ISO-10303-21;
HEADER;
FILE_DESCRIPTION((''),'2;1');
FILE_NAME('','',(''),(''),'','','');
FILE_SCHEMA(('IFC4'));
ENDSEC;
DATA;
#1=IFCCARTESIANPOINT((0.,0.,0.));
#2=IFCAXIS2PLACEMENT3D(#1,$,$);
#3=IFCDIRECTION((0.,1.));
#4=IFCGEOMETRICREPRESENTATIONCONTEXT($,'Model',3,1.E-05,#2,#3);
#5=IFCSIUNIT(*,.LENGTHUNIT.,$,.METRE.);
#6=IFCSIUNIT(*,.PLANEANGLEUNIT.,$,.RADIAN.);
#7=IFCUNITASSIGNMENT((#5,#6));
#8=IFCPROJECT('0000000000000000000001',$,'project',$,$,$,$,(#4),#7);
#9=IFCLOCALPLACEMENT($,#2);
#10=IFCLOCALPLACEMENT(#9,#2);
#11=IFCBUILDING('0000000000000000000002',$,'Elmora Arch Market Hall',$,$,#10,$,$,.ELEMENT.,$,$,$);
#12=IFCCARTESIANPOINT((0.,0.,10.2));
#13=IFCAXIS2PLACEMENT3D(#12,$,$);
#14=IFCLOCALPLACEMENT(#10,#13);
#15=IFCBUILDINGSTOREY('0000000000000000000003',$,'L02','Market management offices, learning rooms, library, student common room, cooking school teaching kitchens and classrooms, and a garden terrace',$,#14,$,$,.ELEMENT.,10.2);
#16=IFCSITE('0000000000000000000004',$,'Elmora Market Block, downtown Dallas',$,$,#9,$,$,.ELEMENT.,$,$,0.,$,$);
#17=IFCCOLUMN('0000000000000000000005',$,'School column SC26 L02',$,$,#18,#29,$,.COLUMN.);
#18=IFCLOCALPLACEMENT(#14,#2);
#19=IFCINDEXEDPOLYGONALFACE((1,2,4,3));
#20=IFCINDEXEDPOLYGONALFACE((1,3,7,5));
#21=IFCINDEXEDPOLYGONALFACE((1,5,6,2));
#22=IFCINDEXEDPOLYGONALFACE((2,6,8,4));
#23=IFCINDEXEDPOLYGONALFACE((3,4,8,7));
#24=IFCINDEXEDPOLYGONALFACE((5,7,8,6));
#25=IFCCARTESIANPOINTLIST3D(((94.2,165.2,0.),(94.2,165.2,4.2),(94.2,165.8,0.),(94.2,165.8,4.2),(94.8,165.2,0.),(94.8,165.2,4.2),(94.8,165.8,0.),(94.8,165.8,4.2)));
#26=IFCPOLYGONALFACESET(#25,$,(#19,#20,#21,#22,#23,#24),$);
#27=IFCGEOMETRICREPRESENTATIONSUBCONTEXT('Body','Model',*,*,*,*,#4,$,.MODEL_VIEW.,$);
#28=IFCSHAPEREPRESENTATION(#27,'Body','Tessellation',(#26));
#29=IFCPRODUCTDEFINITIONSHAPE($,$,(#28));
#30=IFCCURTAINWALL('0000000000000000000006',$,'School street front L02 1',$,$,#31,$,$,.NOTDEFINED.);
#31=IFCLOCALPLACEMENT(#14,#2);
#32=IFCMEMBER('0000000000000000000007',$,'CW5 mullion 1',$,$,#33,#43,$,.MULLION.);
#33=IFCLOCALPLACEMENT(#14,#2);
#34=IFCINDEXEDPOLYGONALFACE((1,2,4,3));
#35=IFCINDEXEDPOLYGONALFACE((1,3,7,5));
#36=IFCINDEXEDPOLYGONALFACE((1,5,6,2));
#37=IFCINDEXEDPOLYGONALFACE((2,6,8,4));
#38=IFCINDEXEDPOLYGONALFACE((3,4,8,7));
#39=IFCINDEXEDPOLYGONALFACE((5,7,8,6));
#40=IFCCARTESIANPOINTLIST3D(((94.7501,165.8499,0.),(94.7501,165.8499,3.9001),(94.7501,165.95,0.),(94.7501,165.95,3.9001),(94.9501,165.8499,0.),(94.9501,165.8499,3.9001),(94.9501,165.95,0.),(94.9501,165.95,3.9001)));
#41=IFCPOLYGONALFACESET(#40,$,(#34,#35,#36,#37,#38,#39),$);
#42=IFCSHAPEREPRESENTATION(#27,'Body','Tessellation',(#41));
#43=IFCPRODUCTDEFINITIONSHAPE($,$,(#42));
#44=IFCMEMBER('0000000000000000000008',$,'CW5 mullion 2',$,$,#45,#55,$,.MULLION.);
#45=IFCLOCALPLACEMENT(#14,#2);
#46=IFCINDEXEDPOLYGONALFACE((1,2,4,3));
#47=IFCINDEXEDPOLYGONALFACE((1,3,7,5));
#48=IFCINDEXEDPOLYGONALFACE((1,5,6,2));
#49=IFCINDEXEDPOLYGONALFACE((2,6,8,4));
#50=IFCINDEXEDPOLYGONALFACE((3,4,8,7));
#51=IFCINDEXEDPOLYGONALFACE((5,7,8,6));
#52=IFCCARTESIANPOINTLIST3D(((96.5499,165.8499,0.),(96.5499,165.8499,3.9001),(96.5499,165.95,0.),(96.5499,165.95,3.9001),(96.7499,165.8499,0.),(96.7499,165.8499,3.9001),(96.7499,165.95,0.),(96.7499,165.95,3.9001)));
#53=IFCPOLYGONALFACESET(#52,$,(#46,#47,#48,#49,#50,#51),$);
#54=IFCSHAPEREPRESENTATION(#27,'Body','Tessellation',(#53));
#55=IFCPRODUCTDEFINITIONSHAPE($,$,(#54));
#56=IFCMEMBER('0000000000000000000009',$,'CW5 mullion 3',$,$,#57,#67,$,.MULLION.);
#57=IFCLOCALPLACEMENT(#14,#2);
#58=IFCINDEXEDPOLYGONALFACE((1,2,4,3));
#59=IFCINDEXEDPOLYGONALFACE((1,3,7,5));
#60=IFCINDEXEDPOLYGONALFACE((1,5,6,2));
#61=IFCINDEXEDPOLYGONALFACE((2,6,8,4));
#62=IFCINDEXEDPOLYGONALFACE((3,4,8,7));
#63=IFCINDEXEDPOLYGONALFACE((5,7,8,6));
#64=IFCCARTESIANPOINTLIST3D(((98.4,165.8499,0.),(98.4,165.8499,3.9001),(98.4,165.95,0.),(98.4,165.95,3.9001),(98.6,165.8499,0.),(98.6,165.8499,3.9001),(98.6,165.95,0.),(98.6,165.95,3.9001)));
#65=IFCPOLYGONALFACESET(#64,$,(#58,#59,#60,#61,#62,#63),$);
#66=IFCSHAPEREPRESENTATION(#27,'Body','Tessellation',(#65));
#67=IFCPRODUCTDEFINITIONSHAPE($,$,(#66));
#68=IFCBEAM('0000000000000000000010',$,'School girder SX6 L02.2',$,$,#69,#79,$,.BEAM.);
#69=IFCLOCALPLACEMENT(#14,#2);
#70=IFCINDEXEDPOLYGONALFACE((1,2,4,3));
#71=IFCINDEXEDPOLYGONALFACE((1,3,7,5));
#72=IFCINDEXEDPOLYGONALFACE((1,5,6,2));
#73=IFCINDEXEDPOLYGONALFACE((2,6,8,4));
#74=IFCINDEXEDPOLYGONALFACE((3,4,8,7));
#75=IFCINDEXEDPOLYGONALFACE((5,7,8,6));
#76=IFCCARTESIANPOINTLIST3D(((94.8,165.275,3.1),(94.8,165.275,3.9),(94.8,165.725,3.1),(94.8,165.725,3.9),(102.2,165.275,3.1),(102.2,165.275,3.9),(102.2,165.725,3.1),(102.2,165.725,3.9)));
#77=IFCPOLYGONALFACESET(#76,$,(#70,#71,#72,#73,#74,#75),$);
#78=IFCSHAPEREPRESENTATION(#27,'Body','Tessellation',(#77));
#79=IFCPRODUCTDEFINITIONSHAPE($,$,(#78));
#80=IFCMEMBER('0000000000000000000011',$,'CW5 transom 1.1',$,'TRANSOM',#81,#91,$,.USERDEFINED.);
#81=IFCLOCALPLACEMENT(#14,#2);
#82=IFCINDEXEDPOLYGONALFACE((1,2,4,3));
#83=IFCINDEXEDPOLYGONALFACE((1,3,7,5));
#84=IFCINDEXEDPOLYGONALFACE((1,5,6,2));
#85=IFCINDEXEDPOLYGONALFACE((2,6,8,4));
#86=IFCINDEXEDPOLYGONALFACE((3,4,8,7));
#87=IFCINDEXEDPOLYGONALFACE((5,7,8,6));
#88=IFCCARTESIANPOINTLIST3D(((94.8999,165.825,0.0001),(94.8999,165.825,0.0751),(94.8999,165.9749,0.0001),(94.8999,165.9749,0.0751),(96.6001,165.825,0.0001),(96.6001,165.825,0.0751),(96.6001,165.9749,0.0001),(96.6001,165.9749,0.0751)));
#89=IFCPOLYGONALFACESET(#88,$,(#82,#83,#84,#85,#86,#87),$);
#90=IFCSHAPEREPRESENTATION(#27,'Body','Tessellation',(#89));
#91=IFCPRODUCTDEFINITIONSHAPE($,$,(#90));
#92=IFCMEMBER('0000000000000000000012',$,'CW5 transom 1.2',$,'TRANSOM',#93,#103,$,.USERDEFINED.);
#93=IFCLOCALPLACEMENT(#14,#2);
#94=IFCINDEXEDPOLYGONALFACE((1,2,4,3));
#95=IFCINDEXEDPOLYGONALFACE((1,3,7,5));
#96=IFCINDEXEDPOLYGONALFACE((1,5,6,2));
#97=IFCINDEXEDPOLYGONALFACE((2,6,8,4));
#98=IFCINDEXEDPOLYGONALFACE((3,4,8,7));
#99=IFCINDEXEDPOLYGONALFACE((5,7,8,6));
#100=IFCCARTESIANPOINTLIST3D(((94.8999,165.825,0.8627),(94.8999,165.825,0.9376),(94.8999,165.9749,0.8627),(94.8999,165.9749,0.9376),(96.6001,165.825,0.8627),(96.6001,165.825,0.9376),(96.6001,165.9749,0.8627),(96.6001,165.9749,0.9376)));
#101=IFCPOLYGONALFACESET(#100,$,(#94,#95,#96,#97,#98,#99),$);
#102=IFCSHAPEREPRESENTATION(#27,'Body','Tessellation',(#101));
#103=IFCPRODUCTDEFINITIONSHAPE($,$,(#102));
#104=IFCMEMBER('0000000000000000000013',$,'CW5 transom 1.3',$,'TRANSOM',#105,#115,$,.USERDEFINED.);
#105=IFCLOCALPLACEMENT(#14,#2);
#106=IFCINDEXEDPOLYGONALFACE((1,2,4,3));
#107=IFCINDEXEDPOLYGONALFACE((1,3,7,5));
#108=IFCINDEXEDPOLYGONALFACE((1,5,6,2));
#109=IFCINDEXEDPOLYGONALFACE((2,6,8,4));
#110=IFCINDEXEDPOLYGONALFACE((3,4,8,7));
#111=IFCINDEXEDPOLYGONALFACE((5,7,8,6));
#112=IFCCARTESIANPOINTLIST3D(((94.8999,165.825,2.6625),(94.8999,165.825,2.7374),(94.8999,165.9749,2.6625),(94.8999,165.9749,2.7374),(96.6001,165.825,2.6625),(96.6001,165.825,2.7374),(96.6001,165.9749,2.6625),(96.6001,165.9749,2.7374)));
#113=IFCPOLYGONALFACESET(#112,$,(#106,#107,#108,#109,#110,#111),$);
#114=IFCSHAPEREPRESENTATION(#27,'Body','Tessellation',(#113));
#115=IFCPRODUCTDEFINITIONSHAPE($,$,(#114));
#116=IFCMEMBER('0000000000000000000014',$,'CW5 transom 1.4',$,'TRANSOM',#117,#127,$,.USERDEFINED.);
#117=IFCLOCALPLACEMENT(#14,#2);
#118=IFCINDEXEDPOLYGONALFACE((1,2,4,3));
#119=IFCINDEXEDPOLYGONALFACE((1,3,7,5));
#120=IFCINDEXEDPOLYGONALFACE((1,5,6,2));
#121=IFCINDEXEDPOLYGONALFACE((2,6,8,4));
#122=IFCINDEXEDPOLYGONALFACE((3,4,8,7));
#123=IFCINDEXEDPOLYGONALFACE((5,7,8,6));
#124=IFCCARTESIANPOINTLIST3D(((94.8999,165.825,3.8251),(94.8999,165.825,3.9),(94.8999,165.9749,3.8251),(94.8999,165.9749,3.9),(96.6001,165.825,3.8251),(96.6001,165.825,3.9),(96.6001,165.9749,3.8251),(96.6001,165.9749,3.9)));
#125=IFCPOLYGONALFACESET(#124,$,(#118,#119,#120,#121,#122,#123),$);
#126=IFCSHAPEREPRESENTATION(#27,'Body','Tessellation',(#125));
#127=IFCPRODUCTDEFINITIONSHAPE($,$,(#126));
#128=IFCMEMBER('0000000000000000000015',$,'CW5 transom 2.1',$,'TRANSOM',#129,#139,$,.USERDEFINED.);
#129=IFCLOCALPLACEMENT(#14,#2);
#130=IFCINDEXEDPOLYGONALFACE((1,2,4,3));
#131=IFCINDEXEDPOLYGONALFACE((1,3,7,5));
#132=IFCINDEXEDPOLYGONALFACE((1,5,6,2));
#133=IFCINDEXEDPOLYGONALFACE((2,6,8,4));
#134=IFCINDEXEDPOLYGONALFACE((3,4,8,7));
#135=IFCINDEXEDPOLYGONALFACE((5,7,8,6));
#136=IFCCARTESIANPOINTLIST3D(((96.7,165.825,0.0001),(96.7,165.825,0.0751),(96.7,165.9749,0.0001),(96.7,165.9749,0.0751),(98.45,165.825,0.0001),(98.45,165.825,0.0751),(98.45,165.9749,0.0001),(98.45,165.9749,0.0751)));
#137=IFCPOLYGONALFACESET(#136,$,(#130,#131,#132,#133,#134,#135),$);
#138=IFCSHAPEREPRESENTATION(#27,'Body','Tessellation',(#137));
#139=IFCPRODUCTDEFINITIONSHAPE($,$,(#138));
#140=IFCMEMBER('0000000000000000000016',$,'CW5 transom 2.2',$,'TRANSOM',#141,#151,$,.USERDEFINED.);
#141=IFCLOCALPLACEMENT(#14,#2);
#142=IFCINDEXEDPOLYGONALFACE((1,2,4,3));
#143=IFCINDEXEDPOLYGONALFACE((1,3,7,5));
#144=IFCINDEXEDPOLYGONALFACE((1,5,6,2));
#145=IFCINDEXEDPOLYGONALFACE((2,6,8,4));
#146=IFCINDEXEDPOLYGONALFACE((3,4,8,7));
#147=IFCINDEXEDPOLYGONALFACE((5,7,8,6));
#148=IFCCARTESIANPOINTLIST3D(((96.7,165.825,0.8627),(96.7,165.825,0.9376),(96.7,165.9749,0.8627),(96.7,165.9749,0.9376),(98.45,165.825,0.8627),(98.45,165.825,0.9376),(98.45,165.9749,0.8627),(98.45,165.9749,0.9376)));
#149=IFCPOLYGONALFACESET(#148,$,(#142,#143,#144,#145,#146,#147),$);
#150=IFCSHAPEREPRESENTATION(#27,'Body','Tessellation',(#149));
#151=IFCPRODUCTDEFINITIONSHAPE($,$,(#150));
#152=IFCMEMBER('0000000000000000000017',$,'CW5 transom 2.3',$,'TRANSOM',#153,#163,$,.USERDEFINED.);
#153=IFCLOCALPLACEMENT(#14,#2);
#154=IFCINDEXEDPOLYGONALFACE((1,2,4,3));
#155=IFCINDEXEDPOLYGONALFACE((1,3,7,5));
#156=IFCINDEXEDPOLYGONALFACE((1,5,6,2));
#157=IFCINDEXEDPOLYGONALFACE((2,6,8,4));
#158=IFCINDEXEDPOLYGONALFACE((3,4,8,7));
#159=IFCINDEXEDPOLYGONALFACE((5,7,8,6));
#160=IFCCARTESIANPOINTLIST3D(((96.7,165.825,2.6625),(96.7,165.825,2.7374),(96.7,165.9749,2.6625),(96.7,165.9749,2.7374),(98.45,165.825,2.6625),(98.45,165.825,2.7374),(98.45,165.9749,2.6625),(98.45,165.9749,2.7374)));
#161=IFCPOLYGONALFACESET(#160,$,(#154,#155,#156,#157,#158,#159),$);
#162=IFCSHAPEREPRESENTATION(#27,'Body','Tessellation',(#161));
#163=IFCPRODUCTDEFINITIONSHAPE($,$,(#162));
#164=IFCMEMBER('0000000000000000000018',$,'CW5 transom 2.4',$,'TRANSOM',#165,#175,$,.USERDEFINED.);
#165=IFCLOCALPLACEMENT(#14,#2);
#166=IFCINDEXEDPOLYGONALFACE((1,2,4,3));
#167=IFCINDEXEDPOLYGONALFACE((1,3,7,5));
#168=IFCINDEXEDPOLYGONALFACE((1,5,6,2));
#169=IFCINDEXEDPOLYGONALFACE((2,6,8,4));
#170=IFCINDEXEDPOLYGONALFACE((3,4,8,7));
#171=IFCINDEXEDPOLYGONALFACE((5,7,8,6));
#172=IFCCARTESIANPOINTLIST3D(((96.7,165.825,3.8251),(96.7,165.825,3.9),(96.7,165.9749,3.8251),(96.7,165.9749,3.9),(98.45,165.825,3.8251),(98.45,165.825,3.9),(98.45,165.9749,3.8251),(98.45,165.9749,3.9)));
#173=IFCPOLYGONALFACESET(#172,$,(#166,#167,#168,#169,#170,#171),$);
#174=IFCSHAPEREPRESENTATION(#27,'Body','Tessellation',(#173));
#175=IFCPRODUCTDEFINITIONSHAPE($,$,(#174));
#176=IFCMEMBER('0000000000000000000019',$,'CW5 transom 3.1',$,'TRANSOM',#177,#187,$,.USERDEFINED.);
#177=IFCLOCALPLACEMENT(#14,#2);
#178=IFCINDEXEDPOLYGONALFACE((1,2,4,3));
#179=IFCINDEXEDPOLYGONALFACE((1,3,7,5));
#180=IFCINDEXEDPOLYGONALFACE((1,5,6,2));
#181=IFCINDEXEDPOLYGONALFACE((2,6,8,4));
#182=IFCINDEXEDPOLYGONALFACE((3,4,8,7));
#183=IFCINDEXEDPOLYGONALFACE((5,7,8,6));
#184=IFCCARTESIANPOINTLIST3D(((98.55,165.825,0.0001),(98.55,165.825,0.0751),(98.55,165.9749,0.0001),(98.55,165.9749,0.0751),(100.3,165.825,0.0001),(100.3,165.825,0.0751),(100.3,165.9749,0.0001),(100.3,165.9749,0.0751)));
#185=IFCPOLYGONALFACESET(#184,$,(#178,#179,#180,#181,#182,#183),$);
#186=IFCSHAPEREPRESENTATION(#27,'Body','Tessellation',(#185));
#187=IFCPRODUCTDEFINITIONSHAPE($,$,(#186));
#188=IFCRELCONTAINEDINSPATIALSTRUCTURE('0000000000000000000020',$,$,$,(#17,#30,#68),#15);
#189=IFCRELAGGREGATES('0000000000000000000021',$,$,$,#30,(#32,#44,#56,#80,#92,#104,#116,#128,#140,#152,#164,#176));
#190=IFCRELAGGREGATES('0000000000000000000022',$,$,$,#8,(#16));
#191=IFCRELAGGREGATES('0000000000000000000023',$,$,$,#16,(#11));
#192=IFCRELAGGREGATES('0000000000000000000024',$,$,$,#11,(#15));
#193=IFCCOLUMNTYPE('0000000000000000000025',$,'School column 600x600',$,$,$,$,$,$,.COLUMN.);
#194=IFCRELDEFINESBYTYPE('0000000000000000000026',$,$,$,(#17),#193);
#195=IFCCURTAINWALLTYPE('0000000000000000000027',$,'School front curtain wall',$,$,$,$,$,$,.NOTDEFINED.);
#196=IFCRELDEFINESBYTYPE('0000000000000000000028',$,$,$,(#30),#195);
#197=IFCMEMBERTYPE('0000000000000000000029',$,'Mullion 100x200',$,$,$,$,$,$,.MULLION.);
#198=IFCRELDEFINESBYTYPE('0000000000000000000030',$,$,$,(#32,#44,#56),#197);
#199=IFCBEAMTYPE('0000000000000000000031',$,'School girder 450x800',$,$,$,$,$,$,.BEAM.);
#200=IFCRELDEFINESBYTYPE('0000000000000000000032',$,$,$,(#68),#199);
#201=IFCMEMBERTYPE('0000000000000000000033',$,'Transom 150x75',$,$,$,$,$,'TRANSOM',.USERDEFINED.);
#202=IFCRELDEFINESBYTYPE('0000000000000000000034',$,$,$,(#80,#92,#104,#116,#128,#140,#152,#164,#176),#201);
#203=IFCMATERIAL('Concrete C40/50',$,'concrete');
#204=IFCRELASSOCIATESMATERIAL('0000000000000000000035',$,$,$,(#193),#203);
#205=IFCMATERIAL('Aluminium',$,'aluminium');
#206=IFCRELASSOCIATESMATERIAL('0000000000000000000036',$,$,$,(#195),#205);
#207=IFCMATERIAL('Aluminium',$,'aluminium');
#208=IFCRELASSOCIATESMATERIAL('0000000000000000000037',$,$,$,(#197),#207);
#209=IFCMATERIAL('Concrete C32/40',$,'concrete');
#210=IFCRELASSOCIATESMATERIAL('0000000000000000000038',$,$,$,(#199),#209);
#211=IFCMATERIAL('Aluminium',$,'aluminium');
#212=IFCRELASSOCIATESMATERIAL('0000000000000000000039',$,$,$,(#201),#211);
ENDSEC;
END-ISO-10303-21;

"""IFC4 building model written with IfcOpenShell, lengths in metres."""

from ifc_helpers import new_model, si_unit, direction, frame, origin, origin_2d, place, context, subcontext, project, spatial, rectangle, extrude, material, material_profile, profile_set, type_object, element, aggregate, save


model = new_model("IFC4")

# Units and contexts
model_context = context("Model", 3, precision=1e-05, world=origin(), true_north=direction((0.0, 1.0)))
body_context = subcontext(model_context, "Body", "Model", "MODEL_VIEW")
ifc_project = project(units=[si_unit("LENGTHUNIT", "METRE"), si_unit("PLANEANGLEUNIT", "RADIAN")], contexts=[model_context])

# Site, building, storey
site_placement = place(None, origin())
site = spatial("IfcSite", under=ifc_project, at=site_placement, Name="Elmora Market Block, downtown Dallas", CompositionType="ELEMENT", RefElevation=0.0)
building_placement = place(site_placement, origin())
building = spatial("IfcBuilding", under=site, at=building_placement, Name="Elmora Arch Market Hall", CompositionType="ELEMENT")
storey_placement = place(building_placement, frame((0.0, 0.0, 10.2)))
storey = spatial("IfcBuildingStorey", under=building, at=storey_placement, Name="L02", Description="Market management offices, learning rooms, library, student common room, cooking school teaching kitchens and classrooms, and a garden terrace", CompositionType="ELEMENT", Elevation=10.2)

# Column
ifc_material_1 = material(Name="Concrete C40/50", Category="concrete")
ifc_material_profile_1 = material_profile(ifc_material_1, rectangle(XDim=0.6001, YDim=0.6001, at=origin_2d()), Name="School column 600x600")
ifc_profile_set_1 = profile_set([ifc_material_profile_1], Name="Concrete C40/50")
column_type = type_object("IfcColumnType", Name="School column 600x600", PredefinedType="COLUMN", material=ifc_profile_set_1)
column_placement = place(storey_placement, frame((94.5, 165.5, 0.0), z_axis=(0.0, 0.0, 1.0), x_axis=(1.0, 0.0, 0.0)))
element("IfcColumn", 1, at=column_placement, inside=storey, type_object=column_type, Name="School column SC26 L02", PredefinedType="COLUMN", context=body_context, shape_type="SweptSolid", body=[
    extrude(rectangle(XDim=0.6001, YDim=0.6001, at=origin_2d()), origin(), (0.0, 0.0, 1.0), 4.2),
])

# Curtain wall, members
ifc_material_2 = material(Name="Aluminium", Category="aluminium")
curtain_wall_type = type_object("IfcCurtainWallType", Name="School front curtain wall", PredefinedType="NOTDEFINED", material=ifc_material_2)
curtain_wall_placement = place(storey_placement, origin())
curtain_wall = element("IfcCurtainWall", 2, at=curtain_wall_placement, inside=storey, type_object=curtain_wall_type, Name="School street front L02 1", PredefinedType="NOTDEFINED")
ifc_material_3 = material(Name="Aluminium", Category="aluminium")
ifc_material_profile_2 = material_profile(ifc_material_3, rectangle(XDim=0.1001, YDim=0.2, at=origin_2d()), Name="AL 100x200")
ifc_profile_set_2 = profile_set([ifc_material_profile_2], Name="Aluminium")
member_type_1 = type_object("IfcMemberType", Name="Mullion 100x200", PredefinedType="MULLION", material=ifc_profile_set_2)
member_1_placement = place(storey_placement, frame((94.8501, 165.8999, 0.0), z_axis=(0.0, 0.0, 1.0), x_axis=(0.0, 1.0, 0.0)))
member_1 = element("IfcMember", 3, at=member_1_placement, type_object=member_type_1, Name="CW5 mullion 1", PredefinedType="MULLION", context=body_context, shape_type="SweptSolid", body=[
    extrude(rectangle(XDim=0.1001, YDim=0.2, at=origin_2d()), origin(), (0.0, 0.0, 1.0), 3.9001),
])
member_2_placement = place(storey_placement, frame((96.6499, 165.8999, 0.0), z_axis=(0.0, 0.0, 1.0), x_axis=(0.0, 1.0, 0.0)))
member_2 = element("IfcMember", 4, at=member_2_placement, type_object=member_type_1, Name="CW5 mullion 2", PredefinedType="MULLION", context=body_context, shape_type="SweptSolid", body=[
    extrude(rectangle(XDim=0.1001, YDim=0.2, at=origin_2d()), origin(), (0.0, 0.0, 1.0), 3.9001),
])
member_3_placement = place(storey_placement, frame((98.5, 165.8999, 0.0), z_axis=(0.0, 0.0, 1.0), x_axis=(0.0, 1.0, 0.0)))
member_3 = element("IfcMember", 5, at=member_3_placement, type_object=member_type_1, Name="CW5 mullion 3", PredefinedType="MULLION", context=body_context, shape_type="SweptSolid", body=[
    extrude(rectangle(XDim=0.1001, YDim=0.2, at=origin_2d()), origin(), (0.0, 0.0, 1.0), 3.9001),
])

# Beam
ifc_material_4 = material(Name="Concrete C32/40", Category="concrete")
ifc_material_profile_3 = material_profile(ifc_material_4, rectangle(XDim=0.45, YDim=0.8, at=origin_2d()), Name="School girder 450x800")
ifc_profile_set_3 = profile_set([ifc_material_profile_3], Name="Concrete C32/40")
beam_type = type_object("IfcBeamType", Name="School girder 450x800", PredefinedType="BEAM", material=ifc_profile_set_3)
beam_placement = place(storey_placement, frame((94.8, 165.5, 3.5), z_axis=(1.0, 0.0, 0.0), x_axis=(0.0, 1.0, 0.0)))
element("IfcBeam", 6, at=beam_placement, inside=storey, type_object=beam_type, Name="School girder SX6 L02.2", PredefinedType="BEAM", context=body_context, shape_type="SweptSolid", body=[
    extrude(rectangle(XDim=0.45, YDim=0.8, at=origin_2d()), origin(), (0.0, 0.0, 1.0), 7.3999),
])

# Members
ifc_material_5 = material(Name="Aluminium", Category="aluminium")
ifc_material_profile_4 = material_profile(ifc_material_5, rectangle(XDim=0.1499, YDim=0.075, at=origin_2d()), Name="AL 150x75")
ifc_profile_set_4 = profile_set([ifc_material_profile_4], Name="Aluminium")
member_type_2 = type_object("IfcMemberType", Name="Transom 150x75", ElementType="TRANSOM", PredefinedType="USERDEFINED", material=ifc_profile_set_4)
member_4_placement = place(storey_placement, frame((94.8999, 165.8999, 0.0376), z_axis=(1.0, 0.0, 0.0), x_axis=(0.0, 1.0, 0.0)))
member_4 = element("IfcMember", 7, at=member_4_placement, type_object=member_type_2, Name="CW5 transom 1.1", ObjectType="TRANSOM", PredefinedType="USERDEFINED", context=body_context, shape_type="SweptSolid", body=[
    extrude(rectangle(XDim=0.1499, YDim=0.075, at=origin_2d()), origin(), (0.0, 0.0, 1.0), 1.7002),
])
member_5_placement = place(storey_placement, frame((94.8999, 165.8999, 0.9001), z_axis=(1.0, 0.0, 0.0), x_axis=(0.0, 1.0, 0.0)))
member_5 = element("IfcMember", 8, at=member_5_placement, type_object=member_type_2, Name="CW5 transom 1.2", ObjectType="TRANSOM", PredefinedType="USERDEFINED", context=body_context, shape_type="SweptSolid", body=[
    extrude(rectangle(XDim=0.1499, YDim=0.075, at=origin_2d()), origin(), (0.0, 0.0, 1.0), 1.7002),
])
member_6_placement = place(storey_placement, frame((94.8999, 165.8999, 2.7), z_axis=(1.0, 0.0, 0.0), x_axis=(0.0, 1.0, 0.0)))
member_6 = element("IfcMember", 9, at=member_6_placement, type_object=member_type_2, Name="CW5 transom 1.3", ObjectType="TRANSOM", PredefinedType="USERDEFINED", context=body_context, shape_type="SweptSolid", body=[
    extrude(rectangle(XDim=0.1499, YDim=0.075, at=origin_2d()), origin(), (0.0, 0.0, 1.0), 1.7002),
])
member_7_placement = place(storey_placement, frame((94.8999, 165.8999, 3.8625), z_axis=(1.0, 0.0, 0.0), x_axis=(0.0, 1.0, 0.0)))
member_7 = element("IfcMember", 10, at=member_7_placement, type_object=member_type_2, Name="CW5 transom 1.4", ObjectType="TRANSOM", PredefinedType="USERDEFINED", context=body_context, shape_type="SweptSolid", body=[
    extrude(rectangle(XDim=0.1499, YDim=0.075, at=origin_2d()), origin(), (0.0, 0.0, 1.0), 1.7002),
])
member_8_placement = place(storey_placement, frame((96.7, 165.8999, 0.0376), z_axis=(1.0, 0.0, 0.0), x_axis=(0.0, 1.0, 0.0)))
member_8 = element("IfcMember", 11, at=member_8_placement, type_object=member_type_2, Name="CW5 transom 2.1", ObjectType="TRANSOM", PredefinedType="USERDEFINED", context=body_context, shape_type="SweptSolid", body=[
    extrude(rectangle(XDim=0.1499, YDim=0.075, at=origin_2d()), origin(), (0.0, 0.0, 1.0), 1.75),
])
member_9_placement = place(storey_placement, frame((96.7, 165.8999, 0.9001), z_axis=(1.0, 0.0, 0.0), x_axis=(0.0, 1.0, 0.0)))
member_9 = element("IfcMember", 12, at=member_9_placement, type_object=member_type_2, Name="CW5 transom 2.2", ObjectType="TRANSOM", PredefinedType="USERDEFINED", context=body_context, shape_type="SweptSolid", body=[
    extrude(rectangle(XDim=0.1499, YDim=0.075, at=origin_2d()), origin(), (0.0, 0.0, 1.0), 1.75),
])
member_10_placement = place(storey_placement, frame((96.7, 165.8999, 2.7), z_axis=(1.0, 0.0, 0.0), x_axis=(0.0, 1.0, 0.0)))
member_10 = element("IfcMember", 13, at=member_10_placement, type_object=member_type_2, Name="CW5 transom 2.3", ObjectType="TRANSOM", PredefinedType="USERDEFINED", context=body_context, shape_type="SweptSolid", body=[
    extrude(rectangle(XDim=0.1499, YDim=0.075, at=origin_2d()), origin(), (0.0, 0.0, 1.0), 1.75),
])
member_11_placement = place(storey_placement, frame((96.7, 165.8999, 3.8625), z_axis=(1.0, 0.0, 0.0), x_axis=(0.0, 1.0, 0.0)))
member_11 = element("IfcMember", 14, at=member_11_placement, type_object=member_type_2, Name="CW5 transom 2.4", ObjectType="TRANSOM", PredefinedType="USERDEFINED", context=body_context, shape_type="SweptSolid", body=[
    extrude(rectangle(XDim=0.1499, YDim=0.075, at=origin_2d()), origin(), (0.0, 0.0, 1.0), 1.75),
])
member_12_placement = place(storey_placement, frame((98.55, 165.8999, 0.0376), z_axis=(1.0, 0.0, 0.0), x_axis=(0.0, 1.0, 0.0)))
member_12 = element("IfcMember", 15, at=member_12_placement, type_object=member_type_2, Name="CW5 transom 3.1", ObjectType="TRANSOM", PredefinedType="USERDEFINED", context=body_context, shape_type="SweptSolid", body=[
    extrude(rectangle(XDim=0.1499, YDim=0.075, at=origin_2d()), origin(), (0.0, 0.0, 1.0), 1.75),
])

aggregate(curtain_wall, [member_1, member_2, member_3, member_4, member_5, member_6, member_7, member_8, member_9, member_10, member_11, member_12])

save(model, "model.ifc")
